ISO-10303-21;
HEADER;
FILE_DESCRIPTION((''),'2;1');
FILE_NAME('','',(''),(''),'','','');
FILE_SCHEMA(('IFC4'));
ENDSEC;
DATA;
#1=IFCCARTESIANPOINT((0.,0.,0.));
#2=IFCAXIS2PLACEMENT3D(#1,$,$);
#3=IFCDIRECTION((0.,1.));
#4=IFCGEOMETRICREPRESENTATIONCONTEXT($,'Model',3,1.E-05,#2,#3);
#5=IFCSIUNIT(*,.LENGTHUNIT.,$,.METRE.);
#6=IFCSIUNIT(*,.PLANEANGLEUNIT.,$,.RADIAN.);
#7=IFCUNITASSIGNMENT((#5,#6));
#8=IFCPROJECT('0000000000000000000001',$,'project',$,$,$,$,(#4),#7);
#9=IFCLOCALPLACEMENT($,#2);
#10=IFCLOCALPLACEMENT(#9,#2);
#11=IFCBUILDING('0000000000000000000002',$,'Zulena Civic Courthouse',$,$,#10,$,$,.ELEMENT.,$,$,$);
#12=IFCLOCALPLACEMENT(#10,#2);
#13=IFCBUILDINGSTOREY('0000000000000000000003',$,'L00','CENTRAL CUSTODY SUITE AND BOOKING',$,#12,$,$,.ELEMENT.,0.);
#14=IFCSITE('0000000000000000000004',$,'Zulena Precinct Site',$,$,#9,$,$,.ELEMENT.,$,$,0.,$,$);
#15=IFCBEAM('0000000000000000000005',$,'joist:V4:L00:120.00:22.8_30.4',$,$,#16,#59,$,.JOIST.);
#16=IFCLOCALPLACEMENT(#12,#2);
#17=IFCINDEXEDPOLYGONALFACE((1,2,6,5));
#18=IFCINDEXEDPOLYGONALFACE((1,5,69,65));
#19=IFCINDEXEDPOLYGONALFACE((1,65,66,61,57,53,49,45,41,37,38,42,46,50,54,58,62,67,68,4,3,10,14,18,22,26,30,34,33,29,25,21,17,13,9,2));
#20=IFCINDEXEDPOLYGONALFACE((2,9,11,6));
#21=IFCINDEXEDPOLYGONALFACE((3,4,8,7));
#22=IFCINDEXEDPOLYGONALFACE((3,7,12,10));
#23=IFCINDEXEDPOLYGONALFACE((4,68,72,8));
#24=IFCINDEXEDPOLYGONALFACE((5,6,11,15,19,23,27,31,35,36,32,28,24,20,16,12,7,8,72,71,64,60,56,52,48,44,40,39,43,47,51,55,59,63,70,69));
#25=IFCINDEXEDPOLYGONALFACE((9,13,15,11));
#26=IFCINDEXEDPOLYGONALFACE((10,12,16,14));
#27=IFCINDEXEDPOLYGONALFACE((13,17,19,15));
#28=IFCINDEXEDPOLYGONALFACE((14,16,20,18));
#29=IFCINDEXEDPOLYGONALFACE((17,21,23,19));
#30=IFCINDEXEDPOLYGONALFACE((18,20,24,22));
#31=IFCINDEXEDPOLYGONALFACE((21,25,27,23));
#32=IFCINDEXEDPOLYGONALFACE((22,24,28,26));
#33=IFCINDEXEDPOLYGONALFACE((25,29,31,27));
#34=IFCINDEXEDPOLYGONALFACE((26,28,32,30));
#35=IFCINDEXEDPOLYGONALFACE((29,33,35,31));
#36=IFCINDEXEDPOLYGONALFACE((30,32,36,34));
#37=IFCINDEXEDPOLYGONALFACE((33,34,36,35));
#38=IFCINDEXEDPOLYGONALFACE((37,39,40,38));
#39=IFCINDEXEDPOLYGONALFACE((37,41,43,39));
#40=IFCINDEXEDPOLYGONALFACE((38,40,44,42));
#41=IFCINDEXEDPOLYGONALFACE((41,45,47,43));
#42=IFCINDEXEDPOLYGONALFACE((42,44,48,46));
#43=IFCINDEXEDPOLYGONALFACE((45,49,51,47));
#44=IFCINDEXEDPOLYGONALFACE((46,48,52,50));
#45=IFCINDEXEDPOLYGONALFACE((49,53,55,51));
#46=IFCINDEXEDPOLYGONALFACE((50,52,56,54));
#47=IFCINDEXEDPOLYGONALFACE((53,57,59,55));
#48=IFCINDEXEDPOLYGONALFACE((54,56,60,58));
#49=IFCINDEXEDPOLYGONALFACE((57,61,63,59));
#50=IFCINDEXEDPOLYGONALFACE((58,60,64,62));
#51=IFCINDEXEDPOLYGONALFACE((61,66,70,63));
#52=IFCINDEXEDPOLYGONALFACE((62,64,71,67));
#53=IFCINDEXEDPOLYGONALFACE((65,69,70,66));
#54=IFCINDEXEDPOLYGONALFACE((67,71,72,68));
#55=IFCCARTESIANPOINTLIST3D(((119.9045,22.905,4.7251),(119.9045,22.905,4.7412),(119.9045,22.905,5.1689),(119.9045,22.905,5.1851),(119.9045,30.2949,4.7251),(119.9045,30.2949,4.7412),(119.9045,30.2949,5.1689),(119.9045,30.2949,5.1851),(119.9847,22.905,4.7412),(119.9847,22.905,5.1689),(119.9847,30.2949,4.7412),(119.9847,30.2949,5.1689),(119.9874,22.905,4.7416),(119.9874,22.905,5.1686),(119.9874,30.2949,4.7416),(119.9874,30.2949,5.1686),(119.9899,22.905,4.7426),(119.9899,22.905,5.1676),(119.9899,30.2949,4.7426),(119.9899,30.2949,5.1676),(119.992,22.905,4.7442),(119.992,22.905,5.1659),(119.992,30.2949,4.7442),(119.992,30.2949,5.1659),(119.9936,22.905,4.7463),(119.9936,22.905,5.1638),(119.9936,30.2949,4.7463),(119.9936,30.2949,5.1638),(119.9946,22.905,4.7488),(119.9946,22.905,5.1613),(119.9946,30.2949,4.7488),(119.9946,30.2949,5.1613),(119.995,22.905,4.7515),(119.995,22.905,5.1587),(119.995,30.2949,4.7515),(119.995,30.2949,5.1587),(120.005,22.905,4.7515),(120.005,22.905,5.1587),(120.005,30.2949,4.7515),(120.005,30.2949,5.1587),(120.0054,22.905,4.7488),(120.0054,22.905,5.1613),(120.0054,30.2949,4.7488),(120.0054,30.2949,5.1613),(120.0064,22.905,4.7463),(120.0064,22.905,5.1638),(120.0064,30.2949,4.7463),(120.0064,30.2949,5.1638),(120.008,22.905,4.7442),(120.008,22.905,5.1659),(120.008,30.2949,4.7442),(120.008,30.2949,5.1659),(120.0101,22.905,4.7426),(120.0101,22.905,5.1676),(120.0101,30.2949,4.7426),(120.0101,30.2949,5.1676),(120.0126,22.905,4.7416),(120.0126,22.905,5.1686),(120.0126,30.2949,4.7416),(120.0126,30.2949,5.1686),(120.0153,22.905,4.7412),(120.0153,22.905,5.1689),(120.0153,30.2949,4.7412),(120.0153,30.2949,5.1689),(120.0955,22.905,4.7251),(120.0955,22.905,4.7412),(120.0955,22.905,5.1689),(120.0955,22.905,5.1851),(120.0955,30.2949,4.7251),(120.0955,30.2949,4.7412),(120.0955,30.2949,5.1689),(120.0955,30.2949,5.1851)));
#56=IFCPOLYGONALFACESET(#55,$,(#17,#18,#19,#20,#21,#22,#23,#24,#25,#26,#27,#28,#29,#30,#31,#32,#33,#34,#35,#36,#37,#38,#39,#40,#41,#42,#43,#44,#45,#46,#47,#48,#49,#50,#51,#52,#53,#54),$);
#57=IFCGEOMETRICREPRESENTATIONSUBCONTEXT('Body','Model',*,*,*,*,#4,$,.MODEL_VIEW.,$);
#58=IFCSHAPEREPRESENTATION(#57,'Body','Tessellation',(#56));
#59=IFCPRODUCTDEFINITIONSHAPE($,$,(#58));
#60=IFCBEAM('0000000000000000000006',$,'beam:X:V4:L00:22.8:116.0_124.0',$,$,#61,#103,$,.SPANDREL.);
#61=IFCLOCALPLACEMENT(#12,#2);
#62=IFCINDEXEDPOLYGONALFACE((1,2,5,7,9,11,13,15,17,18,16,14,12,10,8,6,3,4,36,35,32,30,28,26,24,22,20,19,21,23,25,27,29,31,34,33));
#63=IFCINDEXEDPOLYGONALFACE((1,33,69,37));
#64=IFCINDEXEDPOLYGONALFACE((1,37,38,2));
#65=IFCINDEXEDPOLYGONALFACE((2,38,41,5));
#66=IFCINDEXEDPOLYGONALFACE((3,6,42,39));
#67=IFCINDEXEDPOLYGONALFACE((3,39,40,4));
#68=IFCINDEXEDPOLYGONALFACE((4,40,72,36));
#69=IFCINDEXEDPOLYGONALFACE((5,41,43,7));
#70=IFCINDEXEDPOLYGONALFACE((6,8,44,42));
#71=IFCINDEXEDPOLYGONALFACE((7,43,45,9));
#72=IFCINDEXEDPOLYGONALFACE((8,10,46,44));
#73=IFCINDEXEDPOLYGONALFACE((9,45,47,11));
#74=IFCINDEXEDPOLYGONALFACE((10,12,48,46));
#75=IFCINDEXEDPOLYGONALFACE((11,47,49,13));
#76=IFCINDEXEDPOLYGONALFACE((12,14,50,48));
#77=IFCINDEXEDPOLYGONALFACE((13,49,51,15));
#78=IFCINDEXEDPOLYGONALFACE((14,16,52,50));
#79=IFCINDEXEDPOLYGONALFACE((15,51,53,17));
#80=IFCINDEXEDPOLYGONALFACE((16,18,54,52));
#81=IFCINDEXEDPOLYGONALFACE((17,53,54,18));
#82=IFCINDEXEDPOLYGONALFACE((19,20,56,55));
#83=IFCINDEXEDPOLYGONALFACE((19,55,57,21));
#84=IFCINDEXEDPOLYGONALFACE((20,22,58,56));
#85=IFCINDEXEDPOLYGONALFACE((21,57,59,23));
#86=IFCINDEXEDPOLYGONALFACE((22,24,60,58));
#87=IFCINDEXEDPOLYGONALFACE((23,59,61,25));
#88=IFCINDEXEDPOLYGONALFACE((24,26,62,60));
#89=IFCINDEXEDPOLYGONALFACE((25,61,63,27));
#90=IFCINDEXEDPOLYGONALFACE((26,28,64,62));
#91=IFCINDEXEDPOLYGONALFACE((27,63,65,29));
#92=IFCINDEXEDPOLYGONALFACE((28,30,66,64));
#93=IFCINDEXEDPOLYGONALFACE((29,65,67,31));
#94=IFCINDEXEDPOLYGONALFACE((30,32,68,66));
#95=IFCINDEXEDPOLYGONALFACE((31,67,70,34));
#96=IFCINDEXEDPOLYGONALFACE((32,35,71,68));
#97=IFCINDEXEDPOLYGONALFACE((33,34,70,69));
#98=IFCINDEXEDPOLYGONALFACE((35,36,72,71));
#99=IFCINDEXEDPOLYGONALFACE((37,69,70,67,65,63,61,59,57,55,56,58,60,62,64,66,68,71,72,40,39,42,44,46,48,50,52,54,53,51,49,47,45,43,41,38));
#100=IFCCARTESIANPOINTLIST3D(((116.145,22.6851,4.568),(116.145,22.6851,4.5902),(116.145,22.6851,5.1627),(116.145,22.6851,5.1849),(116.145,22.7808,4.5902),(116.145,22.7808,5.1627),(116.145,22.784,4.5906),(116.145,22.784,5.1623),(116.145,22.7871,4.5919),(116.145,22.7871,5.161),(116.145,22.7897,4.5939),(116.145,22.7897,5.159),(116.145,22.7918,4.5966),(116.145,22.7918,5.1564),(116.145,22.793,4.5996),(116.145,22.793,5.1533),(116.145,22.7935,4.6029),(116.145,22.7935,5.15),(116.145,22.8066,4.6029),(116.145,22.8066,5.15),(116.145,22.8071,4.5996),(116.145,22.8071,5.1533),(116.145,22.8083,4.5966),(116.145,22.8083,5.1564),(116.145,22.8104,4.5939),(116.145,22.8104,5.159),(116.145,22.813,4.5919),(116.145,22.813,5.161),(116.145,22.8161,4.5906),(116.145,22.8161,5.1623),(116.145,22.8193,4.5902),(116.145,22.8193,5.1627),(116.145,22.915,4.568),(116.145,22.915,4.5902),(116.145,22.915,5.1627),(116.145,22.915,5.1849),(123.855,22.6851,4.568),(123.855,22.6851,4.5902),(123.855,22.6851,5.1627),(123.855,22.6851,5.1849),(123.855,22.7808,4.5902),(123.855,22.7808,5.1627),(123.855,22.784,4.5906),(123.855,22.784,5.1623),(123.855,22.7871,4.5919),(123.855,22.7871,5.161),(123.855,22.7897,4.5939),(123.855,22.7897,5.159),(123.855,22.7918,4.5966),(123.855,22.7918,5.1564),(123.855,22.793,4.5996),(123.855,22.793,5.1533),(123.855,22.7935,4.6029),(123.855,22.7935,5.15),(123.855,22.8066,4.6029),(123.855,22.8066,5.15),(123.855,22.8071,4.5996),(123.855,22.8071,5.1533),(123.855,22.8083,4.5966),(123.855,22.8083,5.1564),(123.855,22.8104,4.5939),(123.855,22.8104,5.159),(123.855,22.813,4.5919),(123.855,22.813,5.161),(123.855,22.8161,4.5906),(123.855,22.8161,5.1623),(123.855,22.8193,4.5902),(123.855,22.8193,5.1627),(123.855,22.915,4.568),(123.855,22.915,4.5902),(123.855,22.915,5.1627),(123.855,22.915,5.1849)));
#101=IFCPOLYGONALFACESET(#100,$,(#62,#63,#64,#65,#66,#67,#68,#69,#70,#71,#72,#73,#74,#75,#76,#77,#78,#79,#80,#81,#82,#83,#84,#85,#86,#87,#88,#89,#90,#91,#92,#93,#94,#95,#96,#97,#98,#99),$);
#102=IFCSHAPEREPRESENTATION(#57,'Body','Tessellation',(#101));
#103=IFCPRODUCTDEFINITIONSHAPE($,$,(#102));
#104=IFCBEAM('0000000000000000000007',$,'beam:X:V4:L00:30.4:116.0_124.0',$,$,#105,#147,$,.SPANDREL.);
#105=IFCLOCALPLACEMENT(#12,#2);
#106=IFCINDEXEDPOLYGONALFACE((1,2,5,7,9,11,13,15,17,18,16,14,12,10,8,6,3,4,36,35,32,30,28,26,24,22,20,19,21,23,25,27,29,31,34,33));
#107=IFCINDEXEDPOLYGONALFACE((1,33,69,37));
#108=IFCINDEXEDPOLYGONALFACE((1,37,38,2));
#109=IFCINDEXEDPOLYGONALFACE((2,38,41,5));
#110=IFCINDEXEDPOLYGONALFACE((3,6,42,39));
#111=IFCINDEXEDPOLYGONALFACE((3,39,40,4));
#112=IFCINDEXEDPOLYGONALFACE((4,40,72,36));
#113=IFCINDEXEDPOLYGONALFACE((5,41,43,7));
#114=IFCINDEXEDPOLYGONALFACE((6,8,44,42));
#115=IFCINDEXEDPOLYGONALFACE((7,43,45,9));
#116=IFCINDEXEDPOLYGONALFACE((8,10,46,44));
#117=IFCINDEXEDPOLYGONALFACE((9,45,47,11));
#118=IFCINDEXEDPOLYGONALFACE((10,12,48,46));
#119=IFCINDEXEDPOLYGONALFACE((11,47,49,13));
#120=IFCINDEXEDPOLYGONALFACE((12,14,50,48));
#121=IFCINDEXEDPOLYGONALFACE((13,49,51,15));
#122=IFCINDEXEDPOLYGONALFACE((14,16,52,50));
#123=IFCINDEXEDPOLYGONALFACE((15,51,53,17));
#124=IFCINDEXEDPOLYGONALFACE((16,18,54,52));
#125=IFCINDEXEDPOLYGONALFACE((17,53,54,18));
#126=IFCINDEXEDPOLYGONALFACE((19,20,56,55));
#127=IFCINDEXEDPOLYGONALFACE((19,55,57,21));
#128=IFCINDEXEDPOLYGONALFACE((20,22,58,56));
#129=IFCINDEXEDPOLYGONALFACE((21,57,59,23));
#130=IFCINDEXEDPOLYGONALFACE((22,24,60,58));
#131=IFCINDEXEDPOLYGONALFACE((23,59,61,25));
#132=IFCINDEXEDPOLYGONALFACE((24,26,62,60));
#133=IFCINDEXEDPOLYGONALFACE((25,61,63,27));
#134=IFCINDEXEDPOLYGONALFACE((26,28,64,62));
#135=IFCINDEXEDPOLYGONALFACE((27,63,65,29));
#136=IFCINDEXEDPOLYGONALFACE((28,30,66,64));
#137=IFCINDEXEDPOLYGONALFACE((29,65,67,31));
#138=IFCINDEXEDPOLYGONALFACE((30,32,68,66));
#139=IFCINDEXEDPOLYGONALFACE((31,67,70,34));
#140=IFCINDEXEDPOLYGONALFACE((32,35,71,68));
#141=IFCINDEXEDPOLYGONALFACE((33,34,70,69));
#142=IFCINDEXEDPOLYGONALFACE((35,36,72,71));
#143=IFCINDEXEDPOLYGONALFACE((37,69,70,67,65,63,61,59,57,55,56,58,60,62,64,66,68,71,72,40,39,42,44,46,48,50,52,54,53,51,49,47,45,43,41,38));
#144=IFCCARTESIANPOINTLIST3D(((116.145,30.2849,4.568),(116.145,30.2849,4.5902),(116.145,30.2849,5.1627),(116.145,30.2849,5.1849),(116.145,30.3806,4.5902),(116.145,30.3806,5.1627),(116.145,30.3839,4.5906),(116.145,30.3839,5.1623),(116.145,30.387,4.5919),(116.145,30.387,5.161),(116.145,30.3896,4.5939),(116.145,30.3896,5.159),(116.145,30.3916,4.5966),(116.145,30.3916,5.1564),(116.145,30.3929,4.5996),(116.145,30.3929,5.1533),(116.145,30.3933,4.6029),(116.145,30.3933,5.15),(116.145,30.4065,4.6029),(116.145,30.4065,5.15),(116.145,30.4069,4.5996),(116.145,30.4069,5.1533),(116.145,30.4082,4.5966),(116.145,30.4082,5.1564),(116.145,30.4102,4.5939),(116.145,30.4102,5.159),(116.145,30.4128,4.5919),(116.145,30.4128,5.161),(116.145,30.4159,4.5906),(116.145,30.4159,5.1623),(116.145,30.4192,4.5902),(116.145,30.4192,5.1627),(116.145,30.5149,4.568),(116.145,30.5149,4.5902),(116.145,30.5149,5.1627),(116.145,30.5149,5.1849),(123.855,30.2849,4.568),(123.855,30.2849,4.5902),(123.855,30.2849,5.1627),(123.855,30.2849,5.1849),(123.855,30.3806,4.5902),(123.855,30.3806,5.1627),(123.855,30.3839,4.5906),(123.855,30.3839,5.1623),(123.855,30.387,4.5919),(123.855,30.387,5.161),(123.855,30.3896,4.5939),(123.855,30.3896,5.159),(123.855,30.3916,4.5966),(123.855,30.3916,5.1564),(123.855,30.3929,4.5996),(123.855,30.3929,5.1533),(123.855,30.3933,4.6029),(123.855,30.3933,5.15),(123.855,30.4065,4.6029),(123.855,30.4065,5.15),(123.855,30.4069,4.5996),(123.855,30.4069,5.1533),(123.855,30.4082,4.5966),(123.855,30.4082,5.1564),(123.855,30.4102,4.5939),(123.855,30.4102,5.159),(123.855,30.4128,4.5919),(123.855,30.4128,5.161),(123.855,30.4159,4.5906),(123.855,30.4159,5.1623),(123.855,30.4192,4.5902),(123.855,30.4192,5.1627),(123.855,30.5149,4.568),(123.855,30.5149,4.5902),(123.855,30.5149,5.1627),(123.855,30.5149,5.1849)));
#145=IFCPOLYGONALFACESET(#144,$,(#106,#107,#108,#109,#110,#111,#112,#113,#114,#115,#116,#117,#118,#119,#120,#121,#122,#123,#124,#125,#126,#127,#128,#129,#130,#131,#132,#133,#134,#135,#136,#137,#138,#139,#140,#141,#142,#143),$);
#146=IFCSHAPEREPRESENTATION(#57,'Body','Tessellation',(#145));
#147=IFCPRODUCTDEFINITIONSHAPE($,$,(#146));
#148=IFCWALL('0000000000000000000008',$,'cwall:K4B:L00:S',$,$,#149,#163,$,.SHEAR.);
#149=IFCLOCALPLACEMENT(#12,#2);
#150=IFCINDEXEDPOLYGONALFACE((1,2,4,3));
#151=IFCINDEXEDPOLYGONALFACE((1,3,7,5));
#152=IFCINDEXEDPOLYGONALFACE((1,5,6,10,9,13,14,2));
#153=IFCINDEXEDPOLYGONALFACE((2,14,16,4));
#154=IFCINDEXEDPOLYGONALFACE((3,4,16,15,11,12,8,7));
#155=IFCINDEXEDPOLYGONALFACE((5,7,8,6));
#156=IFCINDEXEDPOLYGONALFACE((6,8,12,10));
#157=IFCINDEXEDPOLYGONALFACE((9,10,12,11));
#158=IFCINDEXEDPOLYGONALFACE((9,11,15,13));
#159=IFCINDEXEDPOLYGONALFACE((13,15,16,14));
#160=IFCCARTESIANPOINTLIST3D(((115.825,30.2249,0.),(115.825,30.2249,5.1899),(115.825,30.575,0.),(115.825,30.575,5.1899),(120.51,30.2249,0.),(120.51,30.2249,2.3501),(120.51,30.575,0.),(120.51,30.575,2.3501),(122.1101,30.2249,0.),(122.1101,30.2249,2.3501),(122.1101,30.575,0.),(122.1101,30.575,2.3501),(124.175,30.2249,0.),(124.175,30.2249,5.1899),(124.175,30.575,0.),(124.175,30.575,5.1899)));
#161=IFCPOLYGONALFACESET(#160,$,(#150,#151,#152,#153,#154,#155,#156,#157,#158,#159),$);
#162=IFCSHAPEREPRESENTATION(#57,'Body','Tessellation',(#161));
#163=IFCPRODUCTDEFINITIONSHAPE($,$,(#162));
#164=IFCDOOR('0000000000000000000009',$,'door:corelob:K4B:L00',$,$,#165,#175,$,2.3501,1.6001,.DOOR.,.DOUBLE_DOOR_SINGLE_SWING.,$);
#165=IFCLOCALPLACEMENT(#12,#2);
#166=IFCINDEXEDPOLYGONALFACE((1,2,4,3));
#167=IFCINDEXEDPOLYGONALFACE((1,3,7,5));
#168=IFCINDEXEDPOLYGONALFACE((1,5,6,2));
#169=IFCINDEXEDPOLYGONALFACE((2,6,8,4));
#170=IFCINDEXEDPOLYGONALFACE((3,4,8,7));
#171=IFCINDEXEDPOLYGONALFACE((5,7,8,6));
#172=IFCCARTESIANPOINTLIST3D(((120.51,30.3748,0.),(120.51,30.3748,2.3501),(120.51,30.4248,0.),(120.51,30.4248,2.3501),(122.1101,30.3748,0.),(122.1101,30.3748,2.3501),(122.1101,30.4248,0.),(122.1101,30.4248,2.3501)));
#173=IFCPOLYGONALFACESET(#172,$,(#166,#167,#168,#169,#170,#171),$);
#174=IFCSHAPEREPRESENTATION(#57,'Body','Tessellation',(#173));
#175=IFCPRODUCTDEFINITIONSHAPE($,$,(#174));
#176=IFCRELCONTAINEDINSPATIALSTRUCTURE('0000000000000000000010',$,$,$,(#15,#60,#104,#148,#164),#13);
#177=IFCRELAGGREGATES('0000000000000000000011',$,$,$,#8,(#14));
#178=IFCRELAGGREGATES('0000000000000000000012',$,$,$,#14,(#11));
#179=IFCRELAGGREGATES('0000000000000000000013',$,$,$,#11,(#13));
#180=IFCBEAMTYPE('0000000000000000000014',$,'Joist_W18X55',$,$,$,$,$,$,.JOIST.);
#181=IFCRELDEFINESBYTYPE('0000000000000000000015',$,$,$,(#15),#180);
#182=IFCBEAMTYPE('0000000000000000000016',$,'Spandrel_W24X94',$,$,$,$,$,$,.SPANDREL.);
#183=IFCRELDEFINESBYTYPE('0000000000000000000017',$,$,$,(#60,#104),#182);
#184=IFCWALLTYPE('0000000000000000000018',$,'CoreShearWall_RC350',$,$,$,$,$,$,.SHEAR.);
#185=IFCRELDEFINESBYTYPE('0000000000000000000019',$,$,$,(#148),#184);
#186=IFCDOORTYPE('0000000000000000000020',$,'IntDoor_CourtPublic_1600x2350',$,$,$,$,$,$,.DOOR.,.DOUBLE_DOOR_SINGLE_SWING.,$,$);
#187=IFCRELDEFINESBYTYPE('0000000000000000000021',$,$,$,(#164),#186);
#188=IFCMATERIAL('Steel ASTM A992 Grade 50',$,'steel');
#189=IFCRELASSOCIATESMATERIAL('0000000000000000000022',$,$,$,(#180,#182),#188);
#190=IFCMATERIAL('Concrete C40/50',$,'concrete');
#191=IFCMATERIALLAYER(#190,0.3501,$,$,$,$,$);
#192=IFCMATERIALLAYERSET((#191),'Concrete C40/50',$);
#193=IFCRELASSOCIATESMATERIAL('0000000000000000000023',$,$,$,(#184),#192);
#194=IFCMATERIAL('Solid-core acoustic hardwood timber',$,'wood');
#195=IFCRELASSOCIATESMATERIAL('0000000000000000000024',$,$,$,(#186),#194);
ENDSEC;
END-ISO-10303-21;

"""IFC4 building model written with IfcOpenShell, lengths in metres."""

from ifc_helpers import new_model, si_unit, direction, frame, frame_2d, origin, origin_2d, place, context, subcontext, project, spatial, rectangle, i_section, extrude, material, layer, layer_set, material_profile, profile_set, type_object, element, fill, save


model = new_model("IFC4")

# Units and contexts
model_context = context("Model", 3, precision=1e-05, world=origin(), true_north=direction((0.0, 1.0)))
body_context = subcontext(model_context, "Body", "Model", "MODEL_VIEW")
ifc_project = project(units=[si_unit("LENGTHUNIT", "METRE"), si_unit("PLANEANGLEUNIT", "RADIAN")], contexts=[model_context])

# Site, building, storey
site_placement = place(None, origin())
site = spatial("IfcSite", under=ifc_project, at=site_placement, Name="Zulena Precinct Site", CompositionType="ELEMENT", RefElevation=0.0)
building_placement = place(site_placement, origin())
building = spatial("IfcBuilding", under=site, at=building_placement, Name="Zulena Civic Courthouse", CompositionType="ELEMENT")
storey_placement = place(building_placement, origin())
storey = spatial("IfcBuildingStorey", under=building, at=storey_placement, Name="L00", Description="CENTRAL CUSTODY SUITE AND BOOKING", CompositionType="ELEMENT", Elevation=0.0)

# Shared definitions
ifc_material_1 = material(Name="Concrete C40/50", Category="concrete")

# Shared definitions
ifc_material_2 = material(Name="Steel ASTM A992 Grade 50", Category="steel")

# Beams
ifc_material_profile_1 = material_profile(ifc_material_2, i_section(OverallWidth=0.1909, OverallDepth=0.46, WebThickness=0.01, FlangeThickness=0.0161, FilletRadius=0.0103, at=origin_2d()), Name="W18X55")
ifc_profile_set_1 = profile_set([ifc_material_profile_1], Name="Steel ASTM A992 Grade 50")
beam_type_1 = type_object("IfcBeamType", Name="Joist_W18X55", PredefinedType="JOIST", material=ifc_profile_set_1)
for number, where, z_axis, x_axis, name in (
    (1, (120.0, 22.905, 4.9551), (0.0, 1.0, 0.0), (-1.0, 0.0, 0.0), "joist:V4:L00:120.00:22.8_30.4"),
):
    element("IfcBeam", number, at=place(storey_placement, frame(where, z_axis=z_axis, x_axis=x_axis)), inside=storey, type_object=beam_type_1, Name=name, PredefinedType="JOIST", context=body_context, shape_type="SweptSolid", body=[
        extrude(i_section(OverallWidth=0.1909, OverallDepth=0.46, WebThickness=0.01, FlangeThickness=0.0161, FilletRadius=0.0103, at=origin_2d()), origin(), (0.0, 0.0, 1.0), 7.3899),
    ])
ifc_material_profile_2 = material_profile(ifc_material_2, i_section(OverallWidth=0.23, OverallDepth=0.6169, WebThickness=0.0132, FlangeThickness=0.0222, FilletRadius=0.0127, at=origin_2d()), Name="W24X94")
ifc_profile_set_2 = profile_set([ifc_material_profile_2], Name="Steel ASTM A992 Grade 50")
beam_type_2 = type_object("IfcBeamType", Name="Spandrel_W24X94", PredefinedType="SPANDREL", material=ifc_profile_set_2)
for number, where, z_axis, x_axis, name in (
    (2, (116.145, 22.8, 4.8765), (1.0, 0.0, 0.0), (0.0, 1.0, 0.0), "beam:X:V4:L00:22.8:116.0_124.0"),
    (3, (116.145, 30.3999, 4.8765), (1.0, 0.0, 0.0), (0.0, 1.0, 0.0), "beam:X:V4:L00:30.4:116.0_124.0"),
):
    element("IfcBeam", number, at=place(storey_placement, frame(where, z_axis=z_axis, x_axis=x_axis)), inside=storey, type_object=beam_type_2, Name=name, PredefinedType="SPANDREL", context=body_context, shape_type="SweptSolid", body=[
        extrude(i_section(OverallWidth=0.23, OverallDepth=0.6169, WebThickness=0.0132, FlangeThickness=0.0222, FilletRadius=0.0127, at=origin_2d()), origin(), (0.0, 0.0, 1.0), 7.71),
    ])

# Wall, opening, door
ifc_layer_1 = layer(ifc_material_1, 0.3501)
ifc_layer_set_1 = layer_set([ifc_layer_1], Name="Concrete C40/50")
wall_type_1 = type_object("IfcWallType", Name="CoreShearWall_RC350", PredefinedType="SHEAR", material=ifc_layer_set_1)
wall_1_placement = place(storey_placement, frame((115.825, 30.3999, 0.0), z_axis=(0.0, 0.0, 1.0), x_axis=(1.0, 0.0, 0.0)))
wall_1 = element("IfcWall", 4, at=wall_1_placement, inside=storey, type_object=wall_type_1, Name="cwall:K4B:L00:S", PredefinedType="SHEAR", context=body_context, shape_type="SweptSolid", body=[
    extrude(rectangle(XDim=8.3501, YDim=0.3501, at=frame_2d((4.175, 0.0))), origin(), (0.0, 0.0, 1.0), 5.1899),
])
opening_1_placement = place(wall_1_placement, frame((4.6851, 0.0, 0.0)))
opening_1 = element("IfcOpeningElement", 5, at=opening_1_placement, cuts=wall_1, PredefinedType="OPENING", context=body_context, shape_type="SweptSolid", body=[
    extrude(rectangle(XDim=1.6001, YDim=2.3501, at=frame_2d((0.8, 1.175))), frame((0.0, 0.1851, 0.0), z_axis=(0.0, -1.0, 0.0), x_axis=(1.0, 0.0, 0.0)), (0.0, 0.0, 1.0), 0.3701),
])
ifc_material_3 = material(Name="Solid-core acoustic hardwood timber", Category="wood")
door_type_1 = type_object("IfcDoorType", Name="IntDoor_CourtPublic_1600x2350", OperationType="DOUBLE_DOOR_SINGLE_SWING", PredefinedType="DOOR", material=ifc_material_3)
door_1_placement = place(opening_1_placement, origin())
door_1 = element("IfcDoor", 6, at=door_1_placement, inside=storey, type_object=door_type_1, Name="door:corelob:K4B:L00", OperationType="DOUBLE_DOOR_SINGLE_SWING", OverallHeight=2.3501, OverallWidth=1.6001, PredefinedType="DOOR", context=body_context, shape_type="SweptSolid", body=[
    extrude(rectangle(XDim=1.6001, YDim=2.3501, at=frame_2d((0.8, 1.175))), frame((0.0, 0.0249, 0.0), z_axis=(0.0, -1.0, 0.0), x_axis=(1.0, 0.0, 0.0)), (0.0, 0.0, 1.0), 0.05),
])
fill(opening_1, door_1)

save(model, "model.ifc")
